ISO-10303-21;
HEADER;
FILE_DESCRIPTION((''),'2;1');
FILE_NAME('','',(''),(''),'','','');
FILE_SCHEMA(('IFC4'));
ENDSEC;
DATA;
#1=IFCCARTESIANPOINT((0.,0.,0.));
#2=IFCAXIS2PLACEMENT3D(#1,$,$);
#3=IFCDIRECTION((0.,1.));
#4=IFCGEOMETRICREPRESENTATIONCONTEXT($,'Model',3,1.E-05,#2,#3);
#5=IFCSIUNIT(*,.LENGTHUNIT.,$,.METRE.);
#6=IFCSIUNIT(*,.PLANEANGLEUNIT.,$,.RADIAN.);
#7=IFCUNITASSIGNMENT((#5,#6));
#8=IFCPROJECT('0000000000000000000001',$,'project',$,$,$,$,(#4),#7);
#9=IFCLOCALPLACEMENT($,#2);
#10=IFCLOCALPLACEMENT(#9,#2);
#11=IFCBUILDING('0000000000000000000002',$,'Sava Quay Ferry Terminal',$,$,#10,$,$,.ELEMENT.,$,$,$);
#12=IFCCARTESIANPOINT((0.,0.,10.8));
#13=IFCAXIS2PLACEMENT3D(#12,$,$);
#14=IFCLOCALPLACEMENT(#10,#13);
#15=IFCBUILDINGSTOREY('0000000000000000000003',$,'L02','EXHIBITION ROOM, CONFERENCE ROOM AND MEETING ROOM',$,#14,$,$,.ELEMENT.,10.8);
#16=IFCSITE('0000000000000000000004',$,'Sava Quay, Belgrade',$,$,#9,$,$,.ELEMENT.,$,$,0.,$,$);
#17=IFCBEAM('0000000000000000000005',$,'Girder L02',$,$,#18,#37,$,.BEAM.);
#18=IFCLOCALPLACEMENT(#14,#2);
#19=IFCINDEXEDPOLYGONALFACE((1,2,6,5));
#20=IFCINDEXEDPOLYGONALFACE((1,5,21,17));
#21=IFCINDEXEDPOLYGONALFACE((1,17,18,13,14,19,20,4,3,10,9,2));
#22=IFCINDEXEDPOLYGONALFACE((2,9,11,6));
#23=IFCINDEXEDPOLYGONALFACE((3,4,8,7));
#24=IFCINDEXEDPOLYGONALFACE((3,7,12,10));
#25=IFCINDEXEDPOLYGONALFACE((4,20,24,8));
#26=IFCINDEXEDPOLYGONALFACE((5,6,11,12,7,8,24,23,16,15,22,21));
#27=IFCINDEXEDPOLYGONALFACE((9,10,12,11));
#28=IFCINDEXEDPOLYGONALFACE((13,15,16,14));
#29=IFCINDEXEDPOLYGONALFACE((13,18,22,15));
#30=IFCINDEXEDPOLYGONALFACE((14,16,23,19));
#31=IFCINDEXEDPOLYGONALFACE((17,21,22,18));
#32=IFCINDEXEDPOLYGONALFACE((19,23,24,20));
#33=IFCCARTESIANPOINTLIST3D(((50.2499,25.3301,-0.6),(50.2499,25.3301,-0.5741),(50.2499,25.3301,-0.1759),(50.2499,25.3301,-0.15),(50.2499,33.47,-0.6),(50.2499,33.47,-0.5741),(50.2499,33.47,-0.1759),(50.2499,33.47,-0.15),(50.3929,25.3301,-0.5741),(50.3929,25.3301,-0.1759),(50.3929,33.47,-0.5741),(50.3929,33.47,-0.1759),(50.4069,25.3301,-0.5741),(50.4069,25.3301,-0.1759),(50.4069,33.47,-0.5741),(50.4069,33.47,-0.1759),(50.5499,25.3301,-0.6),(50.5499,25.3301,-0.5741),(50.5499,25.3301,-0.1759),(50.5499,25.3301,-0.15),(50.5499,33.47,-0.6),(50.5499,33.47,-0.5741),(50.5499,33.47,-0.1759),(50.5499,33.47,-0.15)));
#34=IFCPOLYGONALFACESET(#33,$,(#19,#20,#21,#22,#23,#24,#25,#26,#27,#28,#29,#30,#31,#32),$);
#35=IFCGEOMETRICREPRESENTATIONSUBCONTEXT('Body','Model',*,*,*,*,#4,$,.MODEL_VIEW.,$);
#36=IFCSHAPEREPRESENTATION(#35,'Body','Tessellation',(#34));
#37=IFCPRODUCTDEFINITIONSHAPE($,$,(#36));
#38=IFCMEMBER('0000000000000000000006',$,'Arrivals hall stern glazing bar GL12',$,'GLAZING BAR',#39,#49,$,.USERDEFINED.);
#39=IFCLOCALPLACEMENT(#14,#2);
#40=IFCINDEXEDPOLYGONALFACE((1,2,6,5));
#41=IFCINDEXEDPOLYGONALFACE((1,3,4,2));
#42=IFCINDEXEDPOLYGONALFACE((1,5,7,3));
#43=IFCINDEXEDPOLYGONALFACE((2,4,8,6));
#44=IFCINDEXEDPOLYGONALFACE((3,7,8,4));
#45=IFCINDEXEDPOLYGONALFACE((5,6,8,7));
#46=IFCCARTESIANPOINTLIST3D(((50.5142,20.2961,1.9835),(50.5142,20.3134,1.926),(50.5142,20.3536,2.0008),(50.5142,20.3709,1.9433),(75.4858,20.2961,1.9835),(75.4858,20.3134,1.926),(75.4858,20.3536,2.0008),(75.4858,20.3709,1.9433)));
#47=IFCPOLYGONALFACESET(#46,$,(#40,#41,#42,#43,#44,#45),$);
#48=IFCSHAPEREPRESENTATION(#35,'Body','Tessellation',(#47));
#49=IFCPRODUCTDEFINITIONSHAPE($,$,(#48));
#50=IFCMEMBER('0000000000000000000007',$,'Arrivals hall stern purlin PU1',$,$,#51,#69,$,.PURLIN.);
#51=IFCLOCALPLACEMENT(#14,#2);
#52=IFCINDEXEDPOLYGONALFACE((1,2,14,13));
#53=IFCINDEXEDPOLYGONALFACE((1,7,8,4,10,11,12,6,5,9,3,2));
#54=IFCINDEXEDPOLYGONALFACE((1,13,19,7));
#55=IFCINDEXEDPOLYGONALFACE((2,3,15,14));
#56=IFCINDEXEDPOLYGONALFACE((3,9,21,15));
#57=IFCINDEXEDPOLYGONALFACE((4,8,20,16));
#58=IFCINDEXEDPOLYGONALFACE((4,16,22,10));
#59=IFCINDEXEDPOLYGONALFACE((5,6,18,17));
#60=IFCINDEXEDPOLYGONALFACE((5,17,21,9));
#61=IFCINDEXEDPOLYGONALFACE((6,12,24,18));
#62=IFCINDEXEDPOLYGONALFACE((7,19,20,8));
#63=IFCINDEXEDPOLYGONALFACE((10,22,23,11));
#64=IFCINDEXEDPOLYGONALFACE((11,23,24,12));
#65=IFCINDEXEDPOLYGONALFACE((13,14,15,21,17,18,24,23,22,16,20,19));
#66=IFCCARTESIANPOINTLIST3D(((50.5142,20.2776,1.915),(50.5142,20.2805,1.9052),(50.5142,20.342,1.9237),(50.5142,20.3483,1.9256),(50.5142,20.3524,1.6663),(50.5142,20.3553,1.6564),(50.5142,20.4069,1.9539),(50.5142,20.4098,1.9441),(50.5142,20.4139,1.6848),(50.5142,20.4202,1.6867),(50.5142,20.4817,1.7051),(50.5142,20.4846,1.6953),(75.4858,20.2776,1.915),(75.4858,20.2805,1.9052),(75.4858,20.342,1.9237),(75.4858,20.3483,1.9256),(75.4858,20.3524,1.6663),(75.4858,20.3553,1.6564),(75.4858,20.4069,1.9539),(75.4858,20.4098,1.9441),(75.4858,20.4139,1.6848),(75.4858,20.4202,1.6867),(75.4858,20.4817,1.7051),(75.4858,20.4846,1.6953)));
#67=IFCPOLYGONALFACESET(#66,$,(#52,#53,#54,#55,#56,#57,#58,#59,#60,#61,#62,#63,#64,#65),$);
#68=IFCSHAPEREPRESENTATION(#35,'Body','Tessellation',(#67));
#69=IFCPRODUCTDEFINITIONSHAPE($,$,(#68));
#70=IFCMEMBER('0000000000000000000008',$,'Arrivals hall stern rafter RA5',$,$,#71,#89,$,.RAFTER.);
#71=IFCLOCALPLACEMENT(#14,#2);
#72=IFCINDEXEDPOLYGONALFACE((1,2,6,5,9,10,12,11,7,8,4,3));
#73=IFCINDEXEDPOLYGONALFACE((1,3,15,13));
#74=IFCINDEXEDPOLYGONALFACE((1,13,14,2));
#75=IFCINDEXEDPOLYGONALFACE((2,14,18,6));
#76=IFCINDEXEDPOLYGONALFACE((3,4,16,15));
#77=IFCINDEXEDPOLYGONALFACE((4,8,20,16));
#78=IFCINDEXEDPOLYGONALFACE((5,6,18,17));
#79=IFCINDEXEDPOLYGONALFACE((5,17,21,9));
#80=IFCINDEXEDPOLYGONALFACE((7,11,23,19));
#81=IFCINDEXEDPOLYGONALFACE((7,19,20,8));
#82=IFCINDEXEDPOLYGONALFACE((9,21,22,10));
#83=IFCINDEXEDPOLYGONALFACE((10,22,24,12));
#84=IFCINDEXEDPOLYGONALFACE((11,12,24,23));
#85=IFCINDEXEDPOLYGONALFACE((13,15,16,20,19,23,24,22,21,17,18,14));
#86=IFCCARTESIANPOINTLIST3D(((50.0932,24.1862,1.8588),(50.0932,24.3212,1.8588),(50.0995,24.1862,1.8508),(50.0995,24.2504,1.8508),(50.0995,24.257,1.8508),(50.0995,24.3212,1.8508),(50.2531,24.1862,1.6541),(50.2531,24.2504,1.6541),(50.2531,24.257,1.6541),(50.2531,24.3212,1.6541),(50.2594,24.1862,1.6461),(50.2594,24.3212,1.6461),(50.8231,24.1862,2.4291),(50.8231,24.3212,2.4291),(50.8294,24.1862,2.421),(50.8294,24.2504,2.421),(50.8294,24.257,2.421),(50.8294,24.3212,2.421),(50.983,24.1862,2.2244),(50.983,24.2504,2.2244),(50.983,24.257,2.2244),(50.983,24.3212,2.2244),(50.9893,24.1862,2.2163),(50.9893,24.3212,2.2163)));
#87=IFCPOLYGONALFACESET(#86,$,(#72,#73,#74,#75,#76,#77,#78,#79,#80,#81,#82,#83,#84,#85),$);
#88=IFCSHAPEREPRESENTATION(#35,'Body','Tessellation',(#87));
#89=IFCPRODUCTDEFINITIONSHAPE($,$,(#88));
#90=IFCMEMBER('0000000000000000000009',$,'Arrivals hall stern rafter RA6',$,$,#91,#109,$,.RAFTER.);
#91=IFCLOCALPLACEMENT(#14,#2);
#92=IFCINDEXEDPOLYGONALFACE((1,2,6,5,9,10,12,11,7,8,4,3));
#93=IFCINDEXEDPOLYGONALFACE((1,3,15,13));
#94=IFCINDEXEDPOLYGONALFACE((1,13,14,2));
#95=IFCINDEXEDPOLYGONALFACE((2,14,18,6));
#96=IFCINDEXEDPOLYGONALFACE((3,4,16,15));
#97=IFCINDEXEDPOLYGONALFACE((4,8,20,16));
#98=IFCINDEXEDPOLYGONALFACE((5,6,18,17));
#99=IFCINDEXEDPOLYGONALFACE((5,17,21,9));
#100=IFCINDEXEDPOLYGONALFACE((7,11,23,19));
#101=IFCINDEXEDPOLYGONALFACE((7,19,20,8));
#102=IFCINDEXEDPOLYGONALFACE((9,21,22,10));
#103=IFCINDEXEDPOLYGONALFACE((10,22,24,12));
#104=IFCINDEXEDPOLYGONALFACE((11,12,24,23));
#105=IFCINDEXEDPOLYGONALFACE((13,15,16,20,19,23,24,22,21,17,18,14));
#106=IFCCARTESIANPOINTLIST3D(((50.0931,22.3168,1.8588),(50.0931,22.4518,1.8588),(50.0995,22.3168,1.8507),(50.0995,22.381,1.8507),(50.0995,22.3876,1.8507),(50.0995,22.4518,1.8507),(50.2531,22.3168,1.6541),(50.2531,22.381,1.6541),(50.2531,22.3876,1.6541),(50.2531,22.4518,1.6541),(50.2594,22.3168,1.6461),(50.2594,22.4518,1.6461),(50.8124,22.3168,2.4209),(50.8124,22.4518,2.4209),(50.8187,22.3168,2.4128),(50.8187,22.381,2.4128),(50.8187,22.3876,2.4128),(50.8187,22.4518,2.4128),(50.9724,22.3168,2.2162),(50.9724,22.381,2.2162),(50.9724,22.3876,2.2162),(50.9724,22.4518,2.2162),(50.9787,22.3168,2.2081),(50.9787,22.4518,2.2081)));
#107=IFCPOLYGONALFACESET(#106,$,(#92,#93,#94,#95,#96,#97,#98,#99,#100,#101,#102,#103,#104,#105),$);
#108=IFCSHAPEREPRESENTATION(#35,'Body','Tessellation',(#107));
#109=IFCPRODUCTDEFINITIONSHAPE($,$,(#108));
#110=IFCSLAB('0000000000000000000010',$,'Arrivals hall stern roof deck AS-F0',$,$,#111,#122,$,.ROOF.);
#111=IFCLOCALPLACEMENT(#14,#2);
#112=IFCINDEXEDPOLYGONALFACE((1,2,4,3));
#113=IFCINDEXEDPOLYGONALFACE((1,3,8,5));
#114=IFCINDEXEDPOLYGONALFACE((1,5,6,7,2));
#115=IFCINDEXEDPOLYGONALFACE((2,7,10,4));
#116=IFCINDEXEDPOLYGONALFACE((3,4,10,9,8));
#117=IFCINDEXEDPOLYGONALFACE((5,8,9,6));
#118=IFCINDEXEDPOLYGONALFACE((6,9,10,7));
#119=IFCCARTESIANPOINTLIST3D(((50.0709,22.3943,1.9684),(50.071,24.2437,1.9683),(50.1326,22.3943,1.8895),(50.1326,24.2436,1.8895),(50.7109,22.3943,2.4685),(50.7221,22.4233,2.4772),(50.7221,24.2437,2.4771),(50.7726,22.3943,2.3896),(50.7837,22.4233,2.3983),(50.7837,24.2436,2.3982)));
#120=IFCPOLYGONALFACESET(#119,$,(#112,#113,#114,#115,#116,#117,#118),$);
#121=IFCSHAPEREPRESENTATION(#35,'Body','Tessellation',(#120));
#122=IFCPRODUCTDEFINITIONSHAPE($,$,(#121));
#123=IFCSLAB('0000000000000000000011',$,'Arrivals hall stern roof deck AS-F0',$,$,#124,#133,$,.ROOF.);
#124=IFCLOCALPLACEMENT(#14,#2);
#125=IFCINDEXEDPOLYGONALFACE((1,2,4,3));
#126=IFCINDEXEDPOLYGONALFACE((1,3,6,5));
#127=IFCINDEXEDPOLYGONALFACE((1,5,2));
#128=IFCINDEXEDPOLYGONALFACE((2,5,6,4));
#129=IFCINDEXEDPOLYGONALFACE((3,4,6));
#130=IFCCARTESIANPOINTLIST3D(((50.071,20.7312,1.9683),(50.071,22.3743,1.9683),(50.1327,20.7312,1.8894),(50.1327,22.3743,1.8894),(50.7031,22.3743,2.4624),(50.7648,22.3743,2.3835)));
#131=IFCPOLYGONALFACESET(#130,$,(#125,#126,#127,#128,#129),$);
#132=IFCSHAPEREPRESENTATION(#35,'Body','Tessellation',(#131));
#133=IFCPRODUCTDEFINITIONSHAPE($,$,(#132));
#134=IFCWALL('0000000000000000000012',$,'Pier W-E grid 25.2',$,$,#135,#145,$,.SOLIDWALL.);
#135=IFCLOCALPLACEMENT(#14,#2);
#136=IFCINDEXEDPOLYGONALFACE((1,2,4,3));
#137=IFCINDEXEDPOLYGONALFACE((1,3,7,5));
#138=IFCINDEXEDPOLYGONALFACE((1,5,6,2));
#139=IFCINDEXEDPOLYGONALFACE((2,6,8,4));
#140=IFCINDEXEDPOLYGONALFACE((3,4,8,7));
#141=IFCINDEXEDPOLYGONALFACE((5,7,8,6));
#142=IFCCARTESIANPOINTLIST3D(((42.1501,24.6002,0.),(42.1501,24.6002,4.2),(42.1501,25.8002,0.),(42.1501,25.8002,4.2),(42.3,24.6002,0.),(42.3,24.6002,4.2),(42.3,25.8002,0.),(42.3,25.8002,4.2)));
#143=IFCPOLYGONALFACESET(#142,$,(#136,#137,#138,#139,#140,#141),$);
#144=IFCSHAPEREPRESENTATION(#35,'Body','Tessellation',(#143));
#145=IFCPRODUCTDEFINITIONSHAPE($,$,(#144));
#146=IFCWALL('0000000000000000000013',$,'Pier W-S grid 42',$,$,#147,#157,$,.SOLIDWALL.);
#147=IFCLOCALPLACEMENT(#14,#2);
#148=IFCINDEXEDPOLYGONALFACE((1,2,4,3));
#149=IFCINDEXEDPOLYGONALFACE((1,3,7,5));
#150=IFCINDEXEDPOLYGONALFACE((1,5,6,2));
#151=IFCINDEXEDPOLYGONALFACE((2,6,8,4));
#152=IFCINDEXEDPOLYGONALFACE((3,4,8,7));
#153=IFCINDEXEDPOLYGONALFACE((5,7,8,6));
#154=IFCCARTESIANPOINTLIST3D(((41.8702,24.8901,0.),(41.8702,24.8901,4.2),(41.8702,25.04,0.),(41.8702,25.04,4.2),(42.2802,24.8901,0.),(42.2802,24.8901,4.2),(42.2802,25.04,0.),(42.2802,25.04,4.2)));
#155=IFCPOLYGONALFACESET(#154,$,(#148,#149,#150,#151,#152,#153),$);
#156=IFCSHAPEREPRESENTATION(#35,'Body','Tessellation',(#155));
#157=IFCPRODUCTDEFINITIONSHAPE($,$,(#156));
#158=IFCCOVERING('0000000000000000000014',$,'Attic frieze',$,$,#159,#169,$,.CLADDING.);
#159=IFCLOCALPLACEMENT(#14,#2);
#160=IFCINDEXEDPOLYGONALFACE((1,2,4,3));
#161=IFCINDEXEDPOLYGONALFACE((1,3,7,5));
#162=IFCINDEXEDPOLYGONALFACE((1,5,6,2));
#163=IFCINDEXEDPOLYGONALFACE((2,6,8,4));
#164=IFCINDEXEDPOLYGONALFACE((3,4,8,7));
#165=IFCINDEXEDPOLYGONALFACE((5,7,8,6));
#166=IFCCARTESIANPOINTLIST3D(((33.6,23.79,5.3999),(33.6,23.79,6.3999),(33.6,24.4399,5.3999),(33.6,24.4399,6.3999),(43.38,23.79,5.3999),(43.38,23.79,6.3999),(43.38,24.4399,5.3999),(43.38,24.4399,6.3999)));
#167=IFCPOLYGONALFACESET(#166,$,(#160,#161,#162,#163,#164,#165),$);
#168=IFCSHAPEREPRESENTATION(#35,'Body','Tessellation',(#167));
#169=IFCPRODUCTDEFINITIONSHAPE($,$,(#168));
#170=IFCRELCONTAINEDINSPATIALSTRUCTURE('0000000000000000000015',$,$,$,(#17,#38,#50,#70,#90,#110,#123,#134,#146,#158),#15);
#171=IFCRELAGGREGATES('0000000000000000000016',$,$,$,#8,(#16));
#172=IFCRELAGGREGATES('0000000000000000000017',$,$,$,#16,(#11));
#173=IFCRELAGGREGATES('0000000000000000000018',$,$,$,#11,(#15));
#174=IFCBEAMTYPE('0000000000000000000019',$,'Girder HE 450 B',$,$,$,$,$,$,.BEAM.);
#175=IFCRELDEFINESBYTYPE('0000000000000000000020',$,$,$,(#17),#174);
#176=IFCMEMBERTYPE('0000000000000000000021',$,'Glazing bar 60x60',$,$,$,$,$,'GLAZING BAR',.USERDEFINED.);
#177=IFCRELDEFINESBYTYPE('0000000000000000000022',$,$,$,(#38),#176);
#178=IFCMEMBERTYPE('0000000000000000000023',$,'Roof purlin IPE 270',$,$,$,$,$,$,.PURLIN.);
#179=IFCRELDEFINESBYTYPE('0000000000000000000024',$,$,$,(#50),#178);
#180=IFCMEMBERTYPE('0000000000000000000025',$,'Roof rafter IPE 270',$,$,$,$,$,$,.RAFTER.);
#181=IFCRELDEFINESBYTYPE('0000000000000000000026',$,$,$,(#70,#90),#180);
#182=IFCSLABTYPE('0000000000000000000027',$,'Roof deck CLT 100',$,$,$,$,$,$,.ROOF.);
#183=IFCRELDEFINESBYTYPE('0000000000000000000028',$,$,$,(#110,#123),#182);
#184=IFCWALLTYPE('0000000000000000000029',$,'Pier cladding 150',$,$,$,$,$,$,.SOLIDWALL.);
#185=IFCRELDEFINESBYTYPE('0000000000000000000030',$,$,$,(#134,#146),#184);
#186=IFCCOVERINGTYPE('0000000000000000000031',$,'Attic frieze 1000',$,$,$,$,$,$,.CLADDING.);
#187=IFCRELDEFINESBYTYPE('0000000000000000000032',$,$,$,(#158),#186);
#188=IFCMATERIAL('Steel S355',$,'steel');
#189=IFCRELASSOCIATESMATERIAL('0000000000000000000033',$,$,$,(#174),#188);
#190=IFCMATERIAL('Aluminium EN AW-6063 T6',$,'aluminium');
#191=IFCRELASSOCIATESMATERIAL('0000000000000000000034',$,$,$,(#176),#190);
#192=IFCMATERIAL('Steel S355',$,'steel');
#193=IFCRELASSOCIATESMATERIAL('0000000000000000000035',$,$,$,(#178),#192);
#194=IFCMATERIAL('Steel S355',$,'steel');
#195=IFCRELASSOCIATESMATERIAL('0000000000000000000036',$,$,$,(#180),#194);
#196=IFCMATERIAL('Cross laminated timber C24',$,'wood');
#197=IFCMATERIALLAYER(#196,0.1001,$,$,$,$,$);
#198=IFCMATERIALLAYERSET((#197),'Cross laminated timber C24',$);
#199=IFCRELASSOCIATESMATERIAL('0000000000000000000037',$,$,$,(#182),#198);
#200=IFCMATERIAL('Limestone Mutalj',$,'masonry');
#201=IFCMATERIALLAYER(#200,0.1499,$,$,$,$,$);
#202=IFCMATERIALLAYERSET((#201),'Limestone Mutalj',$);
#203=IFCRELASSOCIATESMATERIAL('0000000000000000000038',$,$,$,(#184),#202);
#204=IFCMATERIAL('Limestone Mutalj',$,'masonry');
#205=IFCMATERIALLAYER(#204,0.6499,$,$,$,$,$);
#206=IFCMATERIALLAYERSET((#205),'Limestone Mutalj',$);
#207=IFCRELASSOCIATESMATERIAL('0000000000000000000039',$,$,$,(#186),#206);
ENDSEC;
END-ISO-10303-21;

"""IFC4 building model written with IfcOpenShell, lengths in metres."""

from ifc_helpers import new_model, si_unit, direction, frame, frame_2d, origin, origin_2d, place, context, subcontext, project, spatial, polyline, rectangle, i_section, outline, extrude, material, layer, layer_set, material_profile, profile_set, type_object, element, save


model = new_model("IFC4")

# Units and contexts
model_context = context("Model", 3, precision=1e-05, world=origin(), true_north=direction((0.0, 1.0)))
body_context = subcontext(model_context, "Body", "Model", "MODEL_VIEW")
ifc_project = project(units=[si_unit("LENGTHUNIT", "METRE"), si_unit("PLANEANGLEUNIT", "RADIAN")], contexts=[model_context])

# Site, building, storey
site_placement = place(None, origin())
site = spatial("IfcSite", under=ifc_project, at=site_placement, Name="Sava Quay, Belgrade", CompositionType="ELEMENT", RefElevation=0.0)
building_placement = place(site_placement, origin())
building = spatial("IfcBuilding", under=site, at=building_placement, Name="Sava Quay Ferry Terminal", CompositionType="ELEMENT")
storey_placement = place(building_placement, frame((0.0, 0.0, 10.8)))
storey = spatial("IfcBuildingStorey", under=building, at=storey_placement, Name="L02", Description="EXHIBITION ROOM, CONFERENCE ROOM AND MEETING ROOM", CompositionType="ELEMENT", Elevation=10.8)

# Beam
ifc_material_1 = material(Name="Steel S355", Category="steel")
ifc_material_profile_1 = material_profile(ifc_material_1, i_section(OverallWidth=0.3, OverallDepth=0.45, WebThickness=0.0139, FlangeThickness=0.0259, at=origin_2d()), Name="HE 450 B")
ifc_profile_set_1 = profile_set([ifc_material_profile_1], Name="Steel S355")
beam_type_1 = type_object("IfcBeamType", Name="Girder HE 450 B", PredefinedType="BEAM", material=ifc_profile_set_1)
beam_1_placement = place(storey_placement, frame((50.3999, 25.3301, -0.375), z_axis=(0.0, 1.0, 0.0), x_axis=(-1.0, 0.0, 0.0)))
element("IfcBeam", 1, at=beam_1_placement, inside=storey, type_object=beam_type_1, Name="Girder L02", PredefinedType="BEAM", context=body_context, shape_type="SweptSolid", body=[
    extrude(i_section(OverallWidth=0.3, OverallDepth=0.45, WebThickness=0.0139, FlangeThickness=0.0259, at=origin_2d()), origin(), (0.0, 0.0, 1.0), 8.1399),
])

# Members
ifc_material_2 = material(Name="Aluminium EN AW-6063 T6", Category="aluminium")
ifc_material_profile_2 = material_profile(ifc_material_2, rectangle(XDim=0.0601, YDim=0.0601, at=origin_2d()), Name="Bar 60 x 60")
ifc_profile_set_2 = profile_set([ifc_material_profile_2], Name="Aluminium EN AW-6063 T6")
member_type_1 = type_object("IfcMemberType", Name="Glazing bar 60x60", ElementType="GLAZING BAR", PredefinedType="USERDEFINED", material=ifc_profile_set_2)
member_1_placement = place(storey_placement, frame((50.5142, 20.3335, 1.9634), z_axis=(1.0, 0.0, 0.0), x_axis=(0.0, 0.957647, 0.287946)))
element("IfcMember", 2, at=member_1_placement, inside=storey, type_object=member_type_1, Name="Arrivals hall stern glazing bar GL12", ObjectType="GLAZING BAR", PredefinedType="USERDEFINED", context=body_context, shape_type="SweptSolid", body=[
    extrude(rectangle(XDim=0.0601, YDim=0.0601, at=origin_2d()), origin(), (0.0, 0.0, 1.0), 24.9717),
])
ifc_material_3 = material(Name="Steel S355", Category="steel")
ifc_material_profile_3 = material_profile(ifc_material_3, i_section(OverallWidth=0.135, OverallDepth=0.27, WebThickness=0.0066, FlangeThickness=0.0103, at=origin_2d()), Name="IPE 270")
ifc_profile_set_3 = profile_set([ifc_material_profile_3], Name="Steel S355")
member_type_2 = type_object("IfcMemberType", Name="Roof purlin IPE 270", PredefinedType="PURLIN", material=ifc_profile_set_3)
member_2_placement = place(storey_placement, frame((50.5142, 20.3811, 1.8052), z_axis=(1.0, 0.0, 0.0), x_axis=(0.0, 0.957647, 0.287946)))
element("IfcMember", 3, at=member_2_placement, inside=storey, type_object=member_type_2, Name="Arrivals hall stern purlin PU1", PredefinedType="PURLIN", context=body_context, shape_type="SweptSolid", body=[
    extrude(i_section(OverallWidth=0.135, OverallDepth=0.27, WebThickness=0.0066, FlangeThickness=0.0103, at=origin_2d()), origin(), (0.0, 0.0, 1.0), 24.9717),
])
ifc_material_4 = material(Name="Steel S355", Category="steel")
ifc_material_profile_4 = material_profile(ifc_material_4, i_section(OverallWidth=0.135, OverallDepth=0.27, WebThickness=0.0066, FlangeThickness=0.0103, at=origin_2d()), Name="IPE 270")
ifc_profile_set_4 = profile_set([ifc_material_profile_4], Name="Steel S355")
member_type_3 = type_object("IfcMemberType", Name="Roof rafter IPE 270", PredefinedType="RAFTER", material=ifc_profile_set_4)
member_3_placement = place(storey_placement, frame((50.1763, 24.2537, 1.7524), z_axis=(0.788016, 0.0, 0.615654), x_axis=(0.0, 1.0, 0.0)))
element("IfcMember", 4, at=member_3_placement, inside=storey, type_object=member_type_3, Name="Arrivals hall stern rafter RA5", PredefinedType="RAFTER", context=body_context, shape_type="SweptSolid", body=[
    extrude(i_section(OverallWidth=0.135, OverallDepth=0.27, WebThickness=0.0066, FlangeThickness=0.0103, at=origin_2d()), origin(), (0.0, 0.0, 1.0), 0.9263),
])
member_4_placement = place(storey_placement, frame((50.1763, 22.3843, 1.7524), z_axis=(0.787968, 0.0, 0.615717), x_axis=(0.0, 1.0, 0.0)))
element("IfcMember", 5, at=member_4_placement, inside=storey, type_object=member_type_3, Name="Arrivals hall stern rafter RA6", PredefinedType="RAFTER", context=body_context, shape_type="SweptSolid", body=[
    extrude(i_section(OverallWidth=0.135, OverallDepth=0.27, WebThickness=0.0066, FlangeThickness=0.0103, at=origin_2d()), origin(), (0.0, 0.0, 1.0), 0.9128),
])

# Slabs
ifc_material_5 = material(Name="Cross laminated timber C24", Category="wood")
ifc_layer_1 = layer(ifc_material_5, 0.1001)
ifc_layer_set_1 = layer_set([ifc_layer_1], Name="Cross laminated timber C24")
slab_type = type_object("IfcSlabType", Name="Roof deck CLT 100", PredefinedType="ROOF", material=ifc_layer_set_1)
slab_1_placement = place(storey_placement, frame((50.7109, 22.3943, 2.4685), z_axis=(-0.61572, 0.000049, 0.787965), x_axis=(-0.787965, 0.0, -0.61572)))
element("IfcSlab", 6, at=slab_1_placement, inside=storey, type_object=slab_type, Name="Arrivals hall stern roof deck AS-F0", PredefinedType="ROOF", context=body_context, shape_type="SweptSolid", body=[
    extrude(outline(polyline([(0.0, 0.0), (0.8122, 0.0), (0.8122, -1.8494), (-0.0141, -1.8494), (-0.0141, -0.0291), (0.0, 0.0)])), origin(), (0.0, 0.0, -1.0), 0.1001),
])
slab_2_placement = place(storey_placement, frame((50.071, 20.7312, 1.9683), z_axis=(-0.615898, 0.0, 0.787826), x_axis=(0.0, 1.0, 0.0)))
element("IfcSlab", 7, at=slab_2_placement, inside=storey, type_object=slab_type, Name="Arrivals hall stern roof deck AS-F0", PredefinedType="ROOF", context=body_context, shape_type="SweptSolid", body=[
    extrude(outline(polyline([(0.0, 0.0), (1.6431, 0.0), (1.6431, -0.8023), (0.0, 0.0)])), origin(), (0.0, 0.0, -1.0), 0.1001),
])

# Walls
ifc_material_6 = material(Name="Limestone Mutalj", Category="masonry")
ifc_layer_2 = layer(ifc_material_6, 0.1499)
ifc_layer_set_2 = layer_set([ifc_layer_2], Name="Limestone Mutalj")
wall_type_1 = type_object("IfcWallType", Name="Pier cladding 150", PredefinedType="SOLIDWALL", material=ifc_layer_set_2)
wall_1_placement = place(storey_placement, frame((42.2251, 24.6001, 0.0), z_axis=(0.0, 0.0, 1.0), x_axis=(0.0, 1.0, 0.0)))
element("IfcWall", 8, at=wall_1_placement, inside=storey, type_object=wall_type_1, Name="Pier W-E grid 25.2", PredefinedType="SOLIDWALL", context=body_context, shape_type="SweptSolid", body=[
    extrude(rectangle(XDim=1.2, YDim=0.1499, at=frame_2d((0.6001, 0.0))), origin(), (0.0, 0.0, 1.0), 4.2),
])
wall_2_placement = place(storey_placement, frame((41.8701, 24.9651, 0.0), z_axis=(0.0, 0.0, 1.0), x_axis=(1.0, 0.0, 0.0)))
element("IfcWall", 9, at=wall_2_placement, inside=storey, type_object=wall_type_1, Name="Pier W-S grid 42", PredefinedType="SOLIDWALL", context=body_context, shape_type="SweptSolid", body=[
    extrude(rectangle(XDim=0.4099, YDim=0.1499, at=frame_2d((0.2051, 0.0))), origin(), (0.0, 0.0, 1.0), 4.2),
])

# Covering
ifc_material_7 = material(Name="Limestone Mutalj", Category="masonry")
ifc_layer_3 = layer(ifc_material_7, 0.6499)
ifc_layer_set_3 = layer_set([ifc_layer_3], Name="Limestone Mutalj")
covering_type_1 = type_object("IfcCoveringType", Name="Attic frieze 1000", PredefinedType="CLADDING", material=ifc_layer_set_3)
covering_1_placement = place(storey_placement, frame((38.49, 24.115, 5.3999), z_axis=(0.0, 0.0, 1.0), x_axis=(1.0, 0.0, 0.0)))
element("IfcCovering", 10, at=covering_1_placement, inside=storey, type_object=covering_type_1, Name="Attic frieze", PredefinedType="CLADDING", context=body_context, shape_type="SweptSolid", body=[
    extrude(rectangle(XDim=9.78, YDim=0.6499, at=origin_2d()), origin(), (0.0, 0.0, 1.0), 1.0),
])

save(model, "model.ifc")
